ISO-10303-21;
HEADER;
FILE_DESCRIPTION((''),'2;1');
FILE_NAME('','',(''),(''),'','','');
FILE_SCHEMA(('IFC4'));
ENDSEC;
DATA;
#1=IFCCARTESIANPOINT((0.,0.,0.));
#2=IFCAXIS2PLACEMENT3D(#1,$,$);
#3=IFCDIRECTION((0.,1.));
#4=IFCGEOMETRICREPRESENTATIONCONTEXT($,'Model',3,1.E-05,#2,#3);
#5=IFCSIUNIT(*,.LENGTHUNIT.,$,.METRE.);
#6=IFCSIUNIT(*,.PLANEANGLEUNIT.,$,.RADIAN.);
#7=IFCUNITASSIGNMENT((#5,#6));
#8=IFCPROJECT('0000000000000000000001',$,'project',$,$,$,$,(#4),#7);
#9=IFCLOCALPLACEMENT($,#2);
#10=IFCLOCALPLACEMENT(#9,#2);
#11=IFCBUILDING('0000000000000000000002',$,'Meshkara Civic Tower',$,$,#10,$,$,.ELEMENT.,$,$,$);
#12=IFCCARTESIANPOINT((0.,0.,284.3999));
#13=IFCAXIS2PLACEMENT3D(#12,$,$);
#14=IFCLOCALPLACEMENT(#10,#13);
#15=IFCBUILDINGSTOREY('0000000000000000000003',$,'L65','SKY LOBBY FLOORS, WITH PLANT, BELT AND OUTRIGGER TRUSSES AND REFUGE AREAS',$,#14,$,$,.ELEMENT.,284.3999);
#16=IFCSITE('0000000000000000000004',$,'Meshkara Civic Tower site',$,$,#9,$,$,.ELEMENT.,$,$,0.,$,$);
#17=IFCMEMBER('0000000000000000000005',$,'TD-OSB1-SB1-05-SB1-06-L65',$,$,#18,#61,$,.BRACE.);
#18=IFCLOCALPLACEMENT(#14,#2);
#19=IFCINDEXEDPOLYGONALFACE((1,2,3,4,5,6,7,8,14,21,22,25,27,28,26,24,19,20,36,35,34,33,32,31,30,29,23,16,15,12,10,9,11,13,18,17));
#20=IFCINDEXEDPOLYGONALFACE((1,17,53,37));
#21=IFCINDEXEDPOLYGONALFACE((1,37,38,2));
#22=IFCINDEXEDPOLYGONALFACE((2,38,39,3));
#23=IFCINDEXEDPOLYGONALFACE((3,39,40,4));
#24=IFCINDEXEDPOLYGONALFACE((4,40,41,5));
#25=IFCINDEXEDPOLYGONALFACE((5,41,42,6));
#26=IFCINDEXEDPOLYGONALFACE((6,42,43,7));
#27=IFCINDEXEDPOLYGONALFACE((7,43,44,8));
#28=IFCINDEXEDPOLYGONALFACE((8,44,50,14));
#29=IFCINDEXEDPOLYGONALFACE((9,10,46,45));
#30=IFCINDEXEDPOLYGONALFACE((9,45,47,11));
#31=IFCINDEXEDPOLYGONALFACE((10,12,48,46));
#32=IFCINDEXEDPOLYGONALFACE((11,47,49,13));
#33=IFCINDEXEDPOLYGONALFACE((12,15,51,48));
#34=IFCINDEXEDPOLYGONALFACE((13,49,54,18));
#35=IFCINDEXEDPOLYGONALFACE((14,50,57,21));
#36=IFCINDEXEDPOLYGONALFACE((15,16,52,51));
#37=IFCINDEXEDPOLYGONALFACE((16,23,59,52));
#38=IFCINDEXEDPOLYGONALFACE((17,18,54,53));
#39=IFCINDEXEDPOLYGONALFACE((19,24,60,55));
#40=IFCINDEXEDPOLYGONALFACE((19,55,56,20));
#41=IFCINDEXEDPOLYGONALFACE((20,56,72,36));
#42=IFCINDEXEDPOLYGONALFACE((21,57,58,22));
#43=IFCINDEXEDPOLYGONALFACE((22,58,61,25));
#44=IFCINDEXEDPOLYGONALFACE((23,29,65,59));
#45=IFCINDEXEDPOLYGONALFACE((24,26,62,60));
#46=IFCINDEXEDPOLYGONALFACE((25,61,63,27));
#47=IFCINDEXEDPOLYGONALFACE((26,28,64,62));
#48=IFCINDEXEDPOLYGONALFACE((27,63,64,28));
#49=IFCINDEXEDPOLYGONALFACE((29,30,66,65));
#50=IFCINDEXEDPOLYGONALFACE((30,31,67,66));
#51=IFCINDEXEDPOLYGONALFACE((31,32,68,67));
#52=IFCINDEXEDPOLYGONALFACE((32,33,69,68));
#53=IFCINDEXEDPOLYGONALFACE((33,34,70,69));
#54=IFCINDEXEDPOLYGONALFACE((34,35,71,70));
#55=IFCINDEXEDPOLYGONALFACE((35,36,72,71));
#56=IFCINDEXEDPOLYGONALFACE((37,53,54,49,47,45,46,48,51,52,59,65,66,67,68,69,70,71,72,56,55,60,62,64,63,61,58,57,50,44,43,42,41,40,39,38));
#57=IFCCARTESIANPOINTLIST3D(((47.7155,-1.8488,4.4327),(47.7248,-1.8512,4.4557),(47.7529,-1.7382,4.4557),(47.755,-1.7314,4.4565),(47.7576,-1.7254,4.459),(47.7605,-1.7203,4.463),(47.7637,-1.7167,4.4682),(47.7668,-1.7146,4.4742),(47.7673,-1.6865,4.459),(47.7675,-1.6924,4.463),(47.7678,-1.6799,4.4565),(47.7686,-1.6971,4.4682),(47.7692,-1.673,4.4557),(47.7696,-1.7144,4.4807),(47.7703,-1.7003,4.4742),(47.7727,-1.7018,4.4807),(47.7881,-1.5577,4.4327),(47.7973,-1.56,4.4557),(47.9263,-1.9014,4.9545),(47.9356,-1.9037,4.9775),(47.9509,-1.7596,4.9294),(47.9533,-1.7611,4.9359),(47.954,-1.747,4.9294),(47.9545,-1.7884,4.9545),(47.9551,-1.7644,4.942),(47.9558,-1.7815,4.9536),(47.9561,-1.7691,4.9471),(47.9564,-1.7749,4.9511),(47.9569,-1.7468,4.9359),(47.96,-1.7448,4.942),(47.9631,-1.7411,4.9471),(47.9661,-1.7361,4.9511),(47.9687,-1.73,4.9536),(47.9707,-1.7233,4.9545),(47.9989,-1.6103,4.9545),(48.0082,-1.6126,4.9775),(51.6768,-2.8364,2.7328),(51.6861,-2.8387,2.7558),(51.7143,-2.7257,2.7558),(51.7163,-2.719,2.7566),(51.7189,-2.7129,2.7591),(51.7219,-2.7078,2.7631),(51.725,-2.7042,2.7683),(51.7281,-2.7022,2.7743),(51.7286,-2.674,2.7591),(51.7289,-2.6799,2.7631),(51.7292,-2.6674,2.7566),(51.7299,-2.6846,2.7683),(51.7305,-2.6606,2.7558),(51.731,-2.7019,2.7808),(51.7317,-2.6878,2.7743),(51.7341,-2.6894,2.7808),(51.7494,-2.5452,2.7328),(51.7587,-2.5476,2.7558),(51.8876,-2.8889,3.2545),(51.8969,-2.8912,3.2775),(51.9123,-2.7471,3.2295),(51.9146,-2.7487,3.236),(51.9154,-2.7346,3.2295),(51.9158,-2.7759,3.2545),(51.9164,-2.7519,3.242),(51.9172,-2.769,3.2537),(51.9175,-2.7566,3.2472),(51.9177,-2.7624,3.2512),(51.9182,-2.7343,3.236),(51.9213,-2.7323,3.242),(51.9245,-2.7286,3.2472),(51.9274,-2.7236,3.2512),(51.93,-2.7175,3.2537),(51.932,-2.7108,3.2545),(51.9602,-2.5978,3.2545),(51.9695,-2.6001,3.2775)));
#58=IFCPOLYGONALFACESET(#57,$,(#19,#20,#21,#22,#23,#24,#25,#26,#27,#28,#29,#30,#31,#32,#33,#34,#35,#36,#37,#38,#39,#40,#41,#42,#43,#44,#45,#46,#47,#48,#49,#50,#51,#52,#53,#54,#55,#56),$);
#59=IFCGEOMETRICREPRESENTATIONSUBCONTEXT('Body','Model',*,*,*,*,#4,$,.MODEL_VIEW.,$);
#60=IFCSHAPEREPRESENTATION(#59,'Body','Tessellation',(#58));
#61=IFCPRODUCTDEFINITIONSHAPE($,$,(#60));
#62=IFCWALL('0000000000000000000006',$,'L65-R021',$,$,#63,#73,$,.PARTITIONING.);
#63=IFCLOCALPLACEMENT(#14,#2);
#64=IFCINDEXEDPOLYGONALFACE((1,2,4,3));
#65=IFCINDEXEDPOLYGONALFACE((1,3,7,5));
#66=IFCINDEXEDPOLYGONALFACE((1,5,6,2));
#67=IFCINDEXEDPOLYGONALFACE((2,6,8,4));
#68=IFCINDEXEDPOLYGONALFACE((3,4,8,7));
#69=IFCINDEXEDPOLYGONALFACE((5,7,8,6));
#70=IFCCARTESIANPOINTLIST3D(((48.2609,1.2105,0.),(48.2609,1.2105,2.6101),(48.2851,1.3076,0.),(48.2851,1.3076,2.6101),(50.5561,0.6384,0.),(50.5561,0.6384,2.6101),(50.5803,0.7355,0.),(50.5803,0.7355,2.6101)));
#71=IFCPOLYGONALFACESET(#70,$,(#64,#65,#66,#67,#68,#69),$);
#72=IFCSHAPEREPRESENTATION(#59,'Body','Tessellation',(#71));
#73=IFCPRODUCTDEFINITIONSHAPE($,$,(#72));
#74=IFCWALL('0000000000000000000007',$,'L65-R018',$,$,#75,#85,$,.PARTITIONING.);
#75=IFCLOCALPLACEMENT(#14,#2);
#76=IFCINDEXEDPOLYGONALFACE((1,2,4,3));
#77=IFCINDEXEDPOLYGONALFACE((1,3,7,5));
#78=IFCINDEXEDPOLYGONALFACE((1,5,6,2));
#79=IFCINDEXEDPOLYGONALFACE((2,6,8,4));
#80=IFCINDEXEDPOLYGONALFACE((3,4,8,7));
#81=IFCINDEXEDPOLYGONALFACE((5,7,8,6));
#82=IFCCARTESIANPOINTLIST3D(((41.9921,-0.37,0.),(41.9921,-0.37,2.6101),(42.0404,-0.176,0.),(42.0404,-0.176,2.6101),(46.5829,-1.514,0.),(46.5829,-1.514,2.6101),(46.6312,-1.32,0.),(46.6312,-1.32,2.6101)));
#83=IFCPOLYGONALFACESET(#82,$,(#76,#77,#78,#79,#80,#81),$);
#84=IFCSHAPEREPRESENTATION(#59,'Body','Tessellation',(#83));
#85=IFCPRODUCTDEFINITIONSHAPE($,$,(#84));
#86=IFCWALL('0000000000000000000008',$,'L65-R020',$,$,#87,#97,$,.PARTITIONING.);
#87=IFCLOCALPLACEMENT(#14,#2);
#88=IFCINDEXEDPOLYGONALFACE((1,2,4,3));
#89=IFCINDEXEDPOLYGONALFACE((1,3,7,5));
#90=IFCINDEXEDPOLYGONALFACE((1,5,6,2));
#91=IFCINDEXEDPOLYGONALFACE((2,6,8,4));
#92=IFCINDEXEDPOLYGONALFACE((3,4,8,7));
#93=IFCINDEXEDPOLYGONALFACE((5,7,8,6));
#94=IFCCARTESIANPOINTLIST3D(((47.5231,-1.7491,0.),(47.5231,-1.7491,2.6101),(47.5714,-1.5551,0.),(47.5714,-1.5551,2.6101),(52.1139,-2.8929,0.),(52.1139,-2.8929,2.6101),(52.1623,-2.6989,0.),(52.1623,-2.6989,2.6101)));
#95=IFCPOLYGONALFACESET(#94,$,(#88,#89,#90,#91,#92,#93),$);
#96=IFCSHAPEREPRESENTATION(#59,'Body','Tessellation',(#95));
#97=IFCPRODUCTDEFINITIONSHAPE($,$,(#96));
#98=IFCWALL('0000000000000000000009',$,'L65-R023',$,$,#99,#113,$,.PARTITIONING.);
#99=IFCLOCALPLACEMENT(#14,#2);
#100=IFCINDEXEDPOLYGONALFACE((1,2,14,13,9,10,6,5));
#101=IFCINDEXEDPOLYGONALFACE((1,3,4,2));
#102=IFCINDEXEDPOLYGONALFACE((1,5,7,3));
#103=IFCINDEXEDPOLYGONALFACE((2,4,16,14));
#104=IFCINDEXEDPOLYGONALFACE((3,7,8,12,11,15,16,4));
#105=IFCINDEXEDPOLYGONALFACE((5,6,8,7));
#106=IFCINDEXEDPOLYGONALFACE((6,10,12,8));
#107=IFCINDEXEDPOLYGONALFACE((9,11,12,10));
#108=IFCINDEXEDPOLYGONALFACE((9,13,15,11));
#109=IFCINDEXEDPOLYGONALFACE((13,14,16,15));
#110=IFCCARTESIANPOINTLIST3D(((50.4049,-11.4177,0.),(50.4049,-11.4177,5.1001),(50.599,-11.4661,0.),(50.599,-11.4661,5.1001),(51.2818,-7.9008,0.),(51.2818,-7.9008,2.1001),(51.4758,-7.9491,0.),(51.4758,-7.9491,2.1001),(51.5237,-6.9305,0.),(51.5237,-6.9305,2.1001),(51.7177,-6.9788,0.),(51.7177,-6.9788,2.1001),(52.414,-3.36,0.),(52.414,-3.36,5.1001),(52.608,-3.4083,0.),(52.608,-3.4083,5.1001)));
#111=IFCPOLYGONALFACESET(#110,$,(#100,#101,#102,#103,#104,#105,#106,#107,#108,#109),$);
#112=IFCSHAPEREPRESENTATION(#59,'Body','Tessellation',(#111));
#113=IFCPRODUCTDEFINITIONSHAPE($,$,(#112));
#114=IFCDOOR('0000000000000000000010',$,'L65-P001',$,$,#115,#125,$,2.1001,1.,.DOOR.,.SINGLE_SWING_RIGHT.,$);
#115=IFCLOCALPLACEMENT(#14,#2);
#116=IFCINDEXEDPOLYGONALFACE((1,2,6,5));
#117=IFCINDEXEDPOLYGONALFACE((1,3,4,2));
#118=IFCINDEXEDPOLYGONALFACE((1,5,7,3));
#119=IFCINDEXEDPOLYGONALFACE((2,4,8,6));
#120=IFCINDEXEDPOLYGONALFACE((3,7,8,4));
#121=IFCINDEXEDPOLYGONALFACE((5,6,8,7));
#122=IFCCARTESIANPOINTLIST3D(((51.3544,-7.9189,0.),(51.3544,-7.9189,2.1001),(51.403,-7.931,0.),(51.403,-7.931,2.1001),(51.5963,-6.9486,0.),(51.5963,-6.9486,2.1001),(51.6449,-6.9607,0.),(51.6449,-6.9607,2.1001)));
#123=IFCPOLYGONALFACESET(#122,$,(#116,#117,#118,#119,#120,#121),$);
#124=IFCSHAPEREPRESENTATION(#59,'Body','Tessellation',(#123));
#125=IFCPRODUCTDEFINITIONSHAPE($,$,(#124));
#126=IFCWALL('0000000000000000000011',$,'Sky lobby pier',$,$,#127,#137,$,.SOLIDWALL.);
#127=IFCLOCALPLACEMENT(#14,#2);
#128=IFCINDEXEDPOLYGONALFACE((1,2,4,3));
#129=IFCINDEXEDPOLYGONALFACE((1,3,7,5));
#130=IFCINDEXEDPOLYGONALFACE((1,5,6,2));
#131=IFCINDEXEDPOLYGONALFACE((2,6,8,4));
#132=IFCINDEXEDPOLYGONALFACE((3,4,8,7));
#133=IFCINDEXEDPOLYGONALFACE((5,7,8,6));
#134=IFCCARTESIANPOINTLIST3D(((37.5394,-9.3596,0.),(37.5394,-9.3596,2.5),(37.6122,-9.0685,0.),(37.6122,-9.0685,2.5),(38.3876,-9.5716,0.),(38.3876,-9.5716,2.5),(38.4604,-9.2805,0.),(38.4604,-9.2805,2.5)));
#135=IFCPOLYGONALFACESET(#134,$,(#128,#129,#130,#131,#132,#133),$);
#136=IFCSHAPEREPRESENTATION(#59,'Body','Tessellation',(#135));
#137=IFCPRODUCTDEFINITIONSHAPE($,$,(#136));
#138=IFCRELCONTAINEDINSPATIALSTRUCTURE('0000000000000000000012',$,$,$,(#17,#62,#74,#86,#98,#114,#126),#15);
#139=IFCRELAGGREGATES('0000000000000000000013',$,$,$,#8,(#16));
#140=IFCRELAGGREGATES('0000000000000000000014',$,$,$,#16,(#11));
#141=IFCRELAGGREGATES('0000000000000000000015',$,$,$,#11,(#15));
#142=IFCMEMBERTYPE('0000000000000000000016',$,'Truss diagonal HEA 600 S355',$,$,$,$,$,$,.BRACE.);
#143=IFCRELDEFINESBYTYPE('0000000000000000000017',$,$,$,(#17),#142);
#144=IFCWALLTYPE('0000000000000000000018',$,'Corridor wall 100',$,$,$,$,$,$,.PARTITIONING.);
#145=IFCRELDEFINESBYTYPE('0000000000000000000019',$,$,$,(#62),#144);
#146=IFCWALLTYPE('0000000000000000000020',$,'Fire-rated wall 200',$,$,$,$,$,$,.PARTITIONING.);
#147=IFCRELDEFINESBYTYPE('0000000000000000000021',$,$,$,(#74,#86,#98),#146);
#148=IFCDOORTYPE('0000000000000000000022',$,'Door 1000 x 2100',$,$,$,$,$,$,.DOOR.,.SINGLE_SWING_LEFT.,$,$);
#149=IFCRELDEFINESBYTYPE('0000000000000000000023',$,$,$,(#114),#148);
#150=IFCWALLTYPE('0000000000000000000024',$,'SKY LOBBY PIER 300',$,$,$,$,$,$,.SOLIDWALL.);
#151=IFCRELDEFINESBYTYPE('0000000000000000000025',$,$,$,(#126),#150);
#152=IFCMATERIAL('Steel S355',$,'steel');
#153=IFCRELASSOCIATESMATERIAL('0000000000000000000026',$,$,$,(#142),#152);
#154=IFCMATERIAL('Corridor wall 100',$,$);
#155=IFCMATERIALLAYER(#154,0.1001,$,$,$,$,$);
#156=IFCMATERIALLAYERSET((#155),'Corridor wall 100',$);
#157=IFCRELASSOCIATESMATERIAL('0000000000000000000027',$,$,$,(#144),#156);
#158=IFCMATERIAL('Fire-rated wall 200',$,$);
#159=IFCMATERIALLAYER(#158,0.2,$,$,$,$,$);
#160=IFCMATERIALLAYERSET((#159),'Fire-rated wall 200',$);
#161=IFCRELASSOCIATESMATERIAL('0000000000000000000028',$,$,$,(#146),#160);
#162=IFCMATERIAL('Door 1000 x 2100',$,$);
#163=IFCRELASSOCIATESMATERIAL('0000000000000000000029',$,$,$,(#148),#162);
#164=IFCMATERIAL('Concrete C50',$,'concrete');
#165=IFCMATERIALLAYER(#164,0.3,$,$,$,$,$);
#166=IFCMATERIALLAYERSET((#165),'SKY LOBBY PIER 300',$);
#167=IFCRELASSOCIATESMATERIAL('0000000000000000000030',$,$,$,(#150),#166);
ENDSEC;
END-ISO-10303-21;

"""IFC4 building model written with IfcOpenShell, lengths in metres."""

from ifc_helpers import new_model, si_unit, direction, frame, frame_2d, origin, origin_2d, place, context, subcontext, project, spatial, rectangle, i_section, extrude, material, layer, layer_set, material_profile, profile_set, type_object, element, fill, save


model = new_model("IFC4")

# Units and contexts
model_context = context("Model", 3, precision=1e-05, world=origin(), true_north=direction((0.0, 1.0)))
body_context = subcontext(model_context, "Body", "Model", "MODEL_VIEW")
ifc_project = project(units=[si_unit("LENGTHUNIT", "METRE"), si_unit("PLANEANGLEUNIT", "RADIAN")], contexts=[model_context])

# Site, building, storey
site_placement = place(None, origin())
site = spatial("IfcSite", under=ifc_project, at=site_placement, Name="Meshkara Civic Tower site", CompositionType="ELEMENT", RefElevation=0.0)
building_placement = place(site_placement, origin())
building = spatial("IfcBuilding", under=site, at=building_placement, Name="Meshkara Civic Tower", CompositionType="ELEMENT")
storey_placement = place(building_placement, frame((0.0, 0.0, 284.3999)))
storey = spatial("IfcBuildingStorey", under=building, at=storey_placement, Name="L65", Description="SKY LOBBY FLOORS, WITH PLANT, BELT AND OUTRIGGER TRUSSES AND REFUGE AREAS", CompositionType="ELEMENT", Elevation=284.3999)

# Member
ifc_material_1 = material(Name="Steel S355", Category="steel")
ifc_material_profile_1 = material_profile(ifc_material_1, i_section(OverallWidth=0.3, OverallDepth=0.5901, WebThickness=0.0129, FlangeThickness=0.0249, FilletRadius=0.0271, at=origin_2d()))
ifc_profile_set_1 = profile_set([ifc_material_profile_1], Name="Steel S355")
member_type = type_object("IfcMemberType", Name="Truss diagonal HEA 600 S355", PredefinedType="BRACE", material=ifc_profile_set_1)
for number, where, z_axis, x_axis, name in (
    (1, (47.8618, -1.7307, 4.7051), (0.895756, -0.223304, -0.384392), (0.241888, 0.970304, 0.0), "TD-OSB1-SB1-05-SB1-06-L65"),
):
    element("IfcMember", number, at=place(storey_placement, frame(where, z_axis=z_axis, x_axis=x_axis)), inside=storey, type_object=member_type, Name=name, PredefinedType="BRACE", context=body_context, shape_type="SweptSolid", body=[
        extrude(i_section(OverallWidth=0.3, OverallDepth=0.5901, WebThickness=0.0129, FlangeThickness=0.0249, FilletRadius=0.0271, at=origin_2d()), origin(), (0.0, 0.0, 1.0), 4.4224),
    ])

# Walls
ifc_material_2 = material(Name="Corridor wall 100")
ifc_layer_1 = layer(ifc_material_2, 0.1001)
ifc_layer_set_1 = layer_set([ifc_layer_1], Name="Corridor wall 100")
wall_type_1 = type_object("IfcWallType", Name="Corridor wall 100", PredefinedType="PARTITIONING", material=ifc_layer_set_1)
wall_1_placement = place(storey_placement, frame((50.5681, 0.687, 0.0), z_axis=(0.0, 0.0, 1.0), x_axis=(-0.970318, 0.241831, 0.0)))
element("IfcWall", 2, at=wall_1_placement, inside=storey, type_object=wall_type_1, Name="L65-R021", PredefinedType="PARTITIONING", context=body_context, shape_type="SweptSolid", body=[
    extrude(rectangle(XDim=2.3655, YDim=0.1001, at=frame_2d((1.1826, 0.0))), origin(), (0.0, 0.0, 1.0), 2.6101),
])
ifc_material_3 = material(Name="Fire-rated wall 200")
ifc_layer_2 = layer(ifc_material_3, 0.2)
ifc_layer_set_2 = layer_set([ifc_layer_2], Name="Fire-rated wall 200")
wall_type_2 = type_object("IfcWallType", Name="Fire-rated wall 200", PredefinedType="PARTITIONING", material=ifc_layer_set_2)
for number, where, z_axis, x_axis, name in (
    (3, (42.0161, -0.2729, 0.0), (0.0, 0.0, 1.0), (0.970324, -0.241807, 0.0), "L65-R018"),
    (4, (47.5471, -1.6521, 0.0), (0.0, 0.0, 1.0), (0.970336, -0.241758, 0.0), "L65-R020"),
):
    element("IfcWall", number, at=place(storey_placement, frame(where, z_axis=z_axis, x_axis=x_axis)), inside=storey, type_object=wall_type_2, Name=name, PredefinedType="PARTITIONING", context=body_context, shape_type="SweptSolid", body=[
        extrude(rectangle(XDim=4.7312, YDim=0.2, at=frame_2d((2.3657, 0.0))), origin(), (0.0, 0.0, 1.0), 2.6101),
    ])

# Wall, opening, door
wall_2_placement = place(storey_placement, frame((52.511, -3.384, 0.0), z_axis=(0.0, 0.0, 1.0), x_axis=(-0.24192, -0.970296, 0.0)))
wall_2 = element("IfcWall", 5, at=wall_2_placement, inside=storey, type_object=wall_type_2, Name="L65-R023", PredefinedType="PARTITIONING", context=body_context, shape_type="SweptSolid", body=[
    extrude(rectangle(XDim=8.3044, YDim=0.2, at=frame_2d((4.1523, 0.0))), origin(), (0.0, 0.0, 1.0), 5.1001),
])
opening_placement = place(wall_2_placement, frame((3.6799, 0.0, 0.0)))
opening = element("IfcOpeningElement", 6, at=opening_placement, cuts=wall_2, PredefinedType="OPENING", context=body_context, shape_type="SweptSolid", body=[
    extrude(rectangle(XDim=1.0, YDim=2.1001, at=frame_2d((0.5, 1.05))), frame((0.0, 0.1099, 0.0), z_axis=(0.0, -1.0, 0.0), x_axis=(1.0, 0.0, 0.0)), (0.0, 0.0, 1.0), 0.22),
])
ifc_material_4 = material(Name="Door 1000 x 2100")
door_type = type_object("IfcDoorType", Name="Door 1000 x 2100", OperationType="SINGLE_SWING_LEFT", PredefinedType="DOOR", material=ifc_material_4)
door_placement = place(opening_placement, origin())
door = element("IfcDoor", 7, at=door_placement, inside=storey, type_object=door_type, Name="L65-P001", OperationType="SINGLE_SWING_RIGHT", OverallHeight=2.1001, OverallWidth=1.0, PredefinedType="DOOR", context=body_context, shape_type="SweptSolid", body=[
    extrude(rectangle(XDim=1.0, YDim=2.1001, at=frame_2d((0.5, 1.05))), frame((0.0, 0.0249, 0.0), z_axis=(0.0, -1.0, 0.0), x_axis=(1.0, 0.0, 0.0)), (0.0, 0.0, 1.0), 0.05),
])
fill(opening, door)

# Wall
ifc_material_5 = material(Name="Concrete C50", Category="concrete")
ifc_layer_3 = layer(ifc_material_5, 0.3)
ifc_layer_set_3 = layer_set([ifc_layer_3], Name="SKY LOBBY PIER 300")
wall_type_3 = type_object("IfcWallType", Name="SKY LOBBY PIER 300", PredefinedType="SOLIDWALL", material=ifc_layer_set_3)
wall_3_placement = place(storey_placement, frame((37.5759, -9.2141, 0.0), z_axis=(0.0, 0.0, 1.0), x_axis=(0.970175, -0.242404, 0.0)))
element("IfcWall", 8, at=wall_3_placement, inside=storey, type_object=wall_type_3, Name="Sky lobby pier", PredefinedType="SOLIDWALL", context=body_context, shape_type="SweptSolid", body=[
    extrude(rectangle(XDim=0.8743, YDim=0.3, at=frame_2d((0.437, 0.0))), origin(), (0.0, 0.0, 1.0), 2.5),
])

save(model, "model.ifc")
